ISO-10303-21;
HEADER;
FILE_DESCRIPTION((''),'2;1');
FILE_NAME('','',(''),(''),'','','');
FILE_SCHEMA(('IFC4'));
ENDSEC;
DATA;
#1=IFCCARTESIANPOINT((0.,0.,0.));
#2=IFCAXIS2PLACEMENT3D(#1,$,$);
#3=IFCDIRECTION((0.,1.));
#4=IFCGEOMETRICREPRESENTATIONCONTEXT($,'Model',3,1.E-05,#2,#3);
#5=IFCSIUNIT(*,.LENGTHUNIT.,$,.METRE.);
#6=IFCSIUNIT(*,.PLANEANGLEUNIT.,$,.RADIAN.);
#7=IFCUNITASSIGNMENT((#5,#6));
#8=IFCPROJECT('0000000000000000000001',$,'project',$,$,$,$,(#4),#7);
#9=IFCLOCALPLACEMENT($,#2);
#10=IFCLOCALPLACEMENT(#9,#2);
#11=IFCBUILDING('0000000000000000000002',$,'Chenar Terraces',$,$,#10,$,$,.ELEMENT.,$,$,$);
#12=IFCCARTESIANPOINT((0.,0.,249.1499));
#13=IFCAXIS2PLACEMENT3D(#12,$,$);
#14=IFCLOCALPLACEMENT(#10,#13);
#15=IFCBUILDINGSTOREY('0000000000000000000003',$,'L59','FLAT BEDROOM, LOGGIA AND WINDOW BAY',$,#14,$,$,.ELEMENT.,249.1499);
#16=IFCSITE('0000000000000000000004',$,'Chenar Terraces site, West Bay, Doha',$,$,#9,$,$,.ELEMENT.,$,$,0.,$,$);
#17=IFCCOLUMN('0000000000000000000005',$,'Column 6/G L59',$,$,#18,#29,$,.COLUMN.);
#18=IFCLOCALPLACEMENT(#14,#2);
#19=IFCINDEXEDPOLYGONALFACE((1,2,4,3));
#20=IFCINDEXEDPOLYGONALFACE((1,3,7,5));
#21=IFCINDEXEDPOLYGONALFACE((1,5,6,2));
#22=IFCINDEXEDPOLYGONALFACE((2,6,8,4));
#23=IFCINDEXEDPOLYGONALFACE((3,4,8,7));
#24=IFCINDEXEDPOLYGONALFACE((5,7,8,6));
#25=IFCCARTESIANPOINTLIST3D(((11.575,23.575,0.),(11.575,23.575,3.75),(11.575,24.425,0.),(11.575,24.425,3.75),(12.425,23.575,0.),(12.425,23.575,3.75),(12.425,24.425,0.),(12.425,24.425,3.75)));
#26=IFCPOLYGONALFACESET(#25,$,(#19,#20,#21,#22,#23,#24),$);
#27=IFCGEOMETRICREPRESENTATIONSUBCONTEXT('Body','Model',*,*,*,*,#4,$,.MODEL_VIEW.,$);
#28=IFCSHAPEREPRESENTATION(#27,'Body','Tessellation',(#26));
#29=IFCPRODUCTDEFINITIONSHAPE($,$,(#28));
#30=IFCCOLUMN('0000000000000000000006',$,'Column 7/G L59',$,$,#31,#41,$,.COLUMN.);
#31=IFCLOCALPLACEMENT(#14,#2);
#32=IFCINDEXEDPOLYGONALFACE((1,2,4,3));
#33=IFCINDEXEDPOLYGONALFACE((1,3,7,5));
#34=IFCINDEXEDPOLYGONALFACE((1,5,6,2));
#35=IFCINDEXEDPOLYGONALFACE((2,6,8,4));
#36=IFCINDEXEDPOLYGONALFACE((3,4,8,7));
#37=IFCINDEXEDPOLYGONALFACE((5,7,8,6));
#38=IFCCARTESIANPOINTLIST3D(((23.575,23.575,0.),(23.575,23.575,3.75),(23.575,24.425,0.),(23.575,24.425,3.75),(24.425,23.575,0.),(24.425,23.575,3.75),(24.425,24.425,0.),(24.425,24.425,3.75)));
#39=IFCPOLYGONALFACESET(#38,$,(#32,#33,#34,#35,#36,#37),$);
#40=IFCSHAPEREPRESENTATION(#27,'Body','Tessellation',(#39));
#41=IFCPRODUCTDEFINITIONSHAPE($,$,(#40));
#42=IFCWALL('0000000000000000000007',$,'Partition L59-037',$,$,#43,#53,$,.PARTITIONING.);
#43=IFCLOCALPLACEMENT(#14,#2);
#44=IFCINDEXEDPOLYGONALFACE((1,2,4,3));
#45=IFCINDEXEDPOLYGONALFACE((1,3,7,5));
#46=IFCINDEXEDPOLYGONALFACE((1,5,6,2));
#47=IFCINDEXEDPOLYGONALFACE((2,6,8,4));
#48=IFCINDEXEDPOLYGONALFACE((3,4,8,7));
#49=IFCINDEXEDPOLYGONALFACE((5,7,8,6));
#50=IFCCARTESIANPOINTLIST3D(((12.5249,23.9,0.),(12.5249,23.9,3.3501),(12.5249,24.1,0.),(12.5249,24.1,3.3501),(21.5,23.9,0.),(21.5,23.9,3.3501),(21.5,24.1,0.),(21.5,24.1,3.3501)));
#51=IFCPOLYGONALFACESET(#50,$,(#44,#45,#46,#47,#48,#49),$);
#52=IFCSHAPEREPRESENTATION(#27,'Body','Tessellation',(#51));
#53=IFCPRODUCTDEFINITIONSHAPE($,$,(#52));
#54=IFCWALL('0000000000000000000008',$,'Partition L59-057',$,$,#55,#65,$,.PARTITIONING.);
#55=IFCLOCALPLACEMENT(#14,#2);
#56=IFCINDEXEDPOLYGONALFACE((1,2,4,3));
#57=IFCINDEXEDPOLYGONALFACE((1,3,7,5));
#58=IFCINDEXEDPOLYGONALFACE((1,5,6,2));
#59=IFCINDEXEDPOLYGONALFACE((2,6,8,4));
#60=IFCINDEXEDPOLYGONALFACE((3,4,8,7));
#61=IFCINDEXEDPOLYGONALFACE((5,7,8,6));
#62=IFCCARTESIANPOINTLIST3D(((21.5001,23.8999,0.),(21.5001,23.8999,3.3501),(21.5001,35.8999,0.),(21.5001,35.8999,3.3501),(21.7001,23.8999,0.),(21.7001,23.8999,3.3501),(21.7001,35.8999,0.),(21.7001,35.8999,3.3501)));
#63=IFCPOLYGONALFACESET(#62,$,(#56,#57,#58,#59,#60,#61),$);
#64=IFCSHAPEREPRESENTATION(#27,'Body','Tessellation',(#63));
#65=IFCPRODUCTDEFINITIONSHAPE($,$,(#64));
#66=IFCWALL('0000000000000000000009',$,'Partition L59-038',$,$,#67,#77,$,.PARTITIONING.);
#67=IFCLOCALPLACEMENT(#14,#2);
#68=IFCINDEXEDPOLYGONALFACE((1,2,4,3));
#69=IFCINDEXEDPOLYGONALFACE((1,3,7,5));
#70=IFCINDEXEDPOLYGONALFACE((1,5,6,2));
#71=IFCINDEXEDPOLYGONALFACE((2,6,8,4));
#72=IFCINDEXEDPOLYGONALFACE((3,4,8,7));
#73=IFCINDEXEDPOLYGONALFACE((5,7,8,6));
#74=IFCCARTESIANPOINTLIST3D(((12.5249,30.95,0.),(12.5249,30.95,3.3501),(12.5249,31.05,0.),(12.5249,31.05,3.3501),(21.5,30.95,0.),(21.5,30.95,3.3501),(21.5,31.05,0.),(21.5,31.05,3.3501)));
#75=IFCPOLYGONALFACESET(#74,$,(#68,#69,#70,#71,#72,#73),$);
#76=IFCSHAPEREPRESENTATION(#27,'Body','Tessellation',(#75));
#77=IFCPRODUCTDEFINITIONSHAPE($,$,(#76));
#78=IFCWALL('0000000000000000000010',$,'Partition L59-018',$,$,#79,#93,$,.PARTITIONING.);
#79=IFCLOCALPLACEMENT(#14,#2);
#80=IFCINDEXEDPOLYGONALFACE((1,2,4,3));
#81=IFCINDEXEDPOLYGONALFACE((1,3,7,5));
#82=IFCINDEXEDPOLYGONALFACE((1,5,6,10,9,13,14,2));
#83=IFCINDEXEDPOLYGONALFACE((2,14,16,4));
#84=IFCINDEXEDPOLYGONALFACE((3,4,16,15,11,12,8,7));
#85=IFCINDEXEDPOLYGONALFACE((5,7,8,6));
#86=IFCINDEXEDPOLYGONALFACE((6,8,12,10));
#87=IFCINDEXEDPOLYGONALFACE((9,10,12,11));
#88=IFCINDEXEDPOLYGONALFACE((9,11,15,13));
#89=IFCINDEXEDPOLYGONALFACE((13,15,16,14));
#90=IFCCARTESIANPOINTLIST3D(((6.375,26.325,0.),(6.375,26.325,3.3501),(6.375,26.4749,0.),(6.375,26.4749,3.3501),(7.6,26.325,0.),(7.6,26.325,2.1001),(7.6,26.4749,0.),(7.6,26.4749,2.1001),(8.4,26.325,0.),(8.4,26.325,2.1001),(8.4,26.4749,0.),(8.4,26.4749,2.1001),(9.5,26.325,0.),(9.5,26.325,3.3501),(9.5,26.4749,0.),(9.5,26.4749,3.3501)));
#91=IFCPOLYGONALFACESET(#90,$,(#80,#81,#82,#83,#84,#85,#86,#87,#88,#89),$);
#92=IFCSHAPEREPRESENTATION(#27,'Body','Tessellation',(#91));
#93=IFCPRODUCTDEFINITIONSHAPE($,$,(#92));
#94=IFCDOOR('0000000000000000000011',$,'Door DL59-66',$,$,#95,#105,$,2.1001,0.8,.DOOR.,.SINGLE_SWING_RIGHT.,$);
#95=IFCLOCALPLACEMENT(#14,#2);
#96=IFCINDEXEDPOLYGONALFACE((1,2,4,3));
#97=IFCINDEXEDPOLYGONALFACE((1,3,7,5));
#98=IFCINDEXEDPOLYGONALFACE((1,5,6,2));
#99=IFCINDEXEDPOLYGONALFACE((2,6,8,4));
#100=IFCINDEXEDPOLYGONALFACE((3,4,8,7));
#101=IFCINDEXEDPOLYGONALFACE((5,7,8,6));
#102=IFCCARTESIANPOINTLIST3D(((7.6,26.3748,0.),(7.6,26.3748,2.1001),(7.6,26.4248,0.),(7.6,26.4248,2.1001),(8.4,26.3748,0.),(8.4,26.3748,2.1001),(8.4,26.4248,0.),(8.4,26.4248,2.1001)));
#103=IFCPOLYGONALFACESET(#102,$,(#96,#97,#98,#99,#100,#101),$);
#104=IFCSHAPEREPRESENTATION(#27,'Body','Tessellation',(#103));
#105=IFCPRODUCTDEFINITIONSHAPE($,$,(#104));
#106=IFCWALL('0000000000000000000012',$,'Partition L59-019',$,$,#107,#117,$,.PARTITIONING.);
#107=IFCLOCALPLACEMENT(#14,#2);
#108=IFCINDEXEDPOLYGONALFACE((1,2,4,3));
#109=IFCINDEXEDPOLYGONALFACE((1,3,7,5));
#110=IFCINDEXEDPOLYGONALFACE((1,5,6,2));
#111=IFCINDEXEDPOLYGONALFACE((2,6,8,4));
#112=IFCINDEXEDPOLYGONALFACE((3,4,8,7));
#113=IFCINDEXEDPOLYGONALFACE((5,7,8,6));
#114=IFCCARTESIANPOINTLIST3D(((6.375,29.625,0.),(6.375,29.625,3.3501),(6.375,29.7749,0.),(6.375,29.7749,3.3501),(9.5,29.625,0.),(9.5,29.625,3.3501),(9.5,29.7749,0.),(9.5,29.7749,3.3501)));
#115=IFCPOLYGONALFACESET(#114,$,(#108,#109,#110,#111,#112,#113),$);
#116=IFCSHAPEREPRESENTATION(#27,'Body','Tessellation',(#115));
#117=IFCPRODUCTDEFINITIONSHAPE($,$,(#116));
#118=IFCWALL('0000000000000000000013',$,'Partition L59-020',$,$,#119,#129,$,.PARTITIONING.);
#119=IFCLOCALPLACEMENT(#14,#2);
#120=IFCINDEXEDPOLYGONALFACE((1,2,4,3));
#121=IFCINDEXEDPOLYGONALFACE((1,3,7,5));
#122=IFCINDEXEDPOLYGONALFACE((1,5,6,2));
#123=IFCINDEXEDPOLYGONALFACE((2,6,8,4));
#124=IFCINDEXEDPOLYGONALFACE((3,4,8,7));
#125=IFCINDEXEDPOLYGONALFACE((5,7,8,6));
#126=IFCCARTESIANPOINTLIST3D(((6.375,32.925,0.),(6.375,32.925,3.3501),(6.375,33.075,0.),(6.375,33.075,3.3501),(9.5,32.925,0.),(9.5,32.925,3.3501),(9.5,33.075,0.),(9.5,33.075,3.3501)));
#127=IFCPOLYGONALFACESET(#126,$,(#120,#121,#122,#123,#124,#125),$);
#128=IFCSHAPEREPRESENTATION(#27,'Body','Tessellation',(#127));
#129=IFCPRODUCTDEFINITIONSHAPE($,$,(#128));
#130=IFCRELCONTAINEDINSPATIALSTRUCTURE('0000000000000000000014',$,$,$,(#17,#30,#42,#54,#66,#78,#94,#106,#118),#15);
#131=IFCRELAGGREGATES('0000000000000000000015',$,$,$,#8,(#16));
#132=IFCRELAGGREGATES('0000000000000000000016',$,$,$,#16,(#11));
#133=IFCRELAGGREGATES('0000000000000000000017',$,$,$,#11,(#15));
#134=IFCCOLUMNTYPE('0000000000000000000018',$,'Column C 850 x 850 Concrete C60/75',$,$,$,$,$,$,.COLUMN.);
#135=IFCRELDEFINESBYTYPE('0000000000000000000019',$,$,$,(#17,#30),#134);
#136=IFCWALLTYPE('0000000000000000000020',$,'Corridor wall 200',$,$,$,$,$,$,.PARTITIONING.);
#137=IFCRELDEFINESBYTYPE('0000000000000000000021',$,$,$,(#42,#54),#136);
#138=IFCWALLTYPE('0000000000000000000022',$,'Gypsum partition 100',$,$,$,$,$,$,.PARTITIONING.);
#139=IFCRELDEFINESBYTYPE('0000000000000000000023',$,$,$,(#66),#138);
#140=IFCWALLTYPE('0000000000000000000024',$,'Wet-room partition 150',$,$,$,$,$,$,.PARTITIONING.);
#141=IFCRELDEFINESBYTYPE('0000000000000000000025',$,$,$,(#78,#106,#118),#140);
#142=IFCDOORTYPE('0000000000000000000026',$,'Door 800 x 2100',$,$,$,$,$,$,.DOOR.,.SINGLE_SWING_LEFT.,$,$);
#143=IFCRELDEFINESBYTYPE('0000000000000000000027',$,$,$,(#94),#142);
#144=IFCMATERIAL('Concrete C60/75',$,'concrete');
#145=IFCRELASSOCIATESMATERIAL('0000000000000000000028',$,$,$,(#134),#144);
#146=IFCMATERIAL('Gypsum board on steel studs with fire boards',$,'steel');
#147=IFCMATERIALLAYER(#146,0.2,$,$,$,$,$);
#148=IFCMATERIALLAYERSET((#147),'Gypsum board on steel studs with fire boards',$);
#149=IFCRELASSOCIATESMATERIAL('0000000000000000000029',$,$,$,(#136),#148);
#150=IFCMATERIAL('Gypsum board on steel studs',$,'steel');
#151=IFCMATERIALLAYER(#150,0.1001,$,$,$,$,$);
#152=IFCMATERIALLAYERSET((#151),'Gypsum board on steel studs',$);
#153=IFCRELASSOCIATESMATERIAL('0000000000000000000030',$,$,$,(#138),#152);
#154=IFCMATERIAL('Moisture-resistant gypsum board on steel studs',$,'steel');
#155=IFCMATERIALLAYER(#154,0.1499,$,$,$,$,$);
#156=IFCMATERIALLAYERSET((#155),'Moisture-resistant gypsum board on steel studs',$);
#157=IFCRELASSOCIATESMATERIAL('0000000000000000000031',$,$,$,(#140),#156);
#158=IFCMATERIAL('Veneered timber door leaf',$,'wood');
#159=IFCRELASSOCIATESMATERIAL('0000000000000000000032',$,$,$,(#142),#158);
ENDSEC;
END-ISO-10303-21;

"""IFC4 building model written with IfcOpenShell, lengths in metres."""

from ifc_helpers import new_model, si_unit, direction, frame, frame_2d, origin, origin_2d, place, context, subcontext, project, spatial, rectangle, extrude, material, layer, layer_set, material_profile, profile_set, type_object, element, fill, save


model = new_model("IFC4")

# Units and contexts
model_context = context("Model", 3, precision=1e-05, world=origin(), true_north=direction((0.0, 1.0)))
body_context = subcontext(model_context, "Body", "Model", "MODEL_VIEW")
ifc_project = project(units=[si_unit("LENGTHUNIT", "METRE"), si_unit("PLANEANGLEUNIT", "RADIAN")], contexts=[model_context])

# Site, building, storey
site_placement = place(None, origin())
site = spatial("IfcSite", under=ifc_project, at=site_placement, Name="Chenar Terraces site, West Bay, Doha", CompositionType="ELEMENT", RefElevation=0.0)
building_placement = place(site_placement, origin())
building = spatial("IfcBuilding", under=site, at=building_placement, Name="Chenar Terraces", CompositionType="ELEMENT")
storey_placement = place(building_placement, frame((0.0, 0.0, 249.1499)))
storey = spatial("IfcBuildingStorey", under=building, at=storey_placement, Name="L59", Description="FLAT BEDROOM, LOGGIA AND WINDOW BAY", CompositionType="ELEMENT", Elevation=249.1499)

# Columns
ifc_material_1 = material(Name="Concrete C60/75", Category="concrete")
ifc_material_profile = material_profile(ifc_material_1, rectangle(XDim=0.8501, YDim=0.8501, at=origin_2d()), Name="C 850 x 850")
ifc_profile_set = profile_set([ifc_material_profile], Name="Concrete C60/75")
column_type = type_object("IfcColumnType", Name="Column C 850 x 850 Concrete C60/75", PredefinedType="COLUMN", material=ifc_profile_set)
for number, where, z_axis, x_axis, name in (
    (1, (12.0, 24.0, 0.0), (0.0, 0.0, 1.0), (1.0, 0.0, 0.0), "Column 6/G L59"),
    (2, (24.0, 24.0, 0.0), (0.0, 0.0, 1.0), (1.0, 0.0, 0.0), "Column 7/G L59"),
):
    element("IfcColumn", number, at=place(storey_placement, frame(where, z_axis=z_axis, x_axis=x_axis)), inside=storey, type_object=column_type, Name=name, PredefinedType="COLUMN", context=body_context, shape_type="SweptSolid", body=[
        extrude(rectangle(XDim=0.8501, YDim=0.8501, at=origin_2d()), origin(), (0.0, 0.0, 1.0), 3.75),
    ])

# Walls
ifc_material_2 = material(Name="Gypsum board on steel studs with fire boards", Category="steel")
ifc_layer_1 = layer(ifc_material_2, 0.2)
ifc_layer_set_1 = layer_set([ifc_layer_1], Name="Gypsum board on steel studs with fire boards")
wall_type_1 = type_object("IfcWallType", Name="Corridor wall 200", PredefinedType="PARTITIONING", material=ifc_layer_set_1)
wall_1_placement = place(storey_placement, frame((12.5249, 24.0, 0.0), z_axis=(0.0, 0.0, 1.0), x_axis=(1.0, 0.0, 0.0)))
element("IfcWall", 3, at=wall_1_placement, inside=storey, type_object=wall_type_1, Name="Partition L59-037", PredefinedType="PARTITIONING", context=body_context, shape_type="SweptSolid", body=[
    extrude(rectangle(XDim=8.9751, YDim=0.2, at=frame_2d((4.4875, 0.0))), origin(), (0.0, 0.0, 1.0), 3.3501),
])
wall_2_placement = place(storey_placement, frame((21.6001, 23.8999, 0.0), z_axis=(0.0, 0.0, 1.0), x_axis=(0.0, 1.0, 0.0)))
element("IfcWall", 4, at=wall_2_placement, inside=storey, type_object=wall_type_1, Name="Partition L59-057", PredefinedType="PARTITIONING", context=body_context, shape_type="SweptSolid", body=[
    extrude(rectangle(XDim=12.0, YDim=0.2, at=frame_2d((6.0, 0.0))), origin(), (0.0, 0.0, 1.0), 3.3501),
])
ifc_material_3 = material(Name="Gypsum board on steel studs", Category="steel")
ifc_layer_2 = layer(ifc_material_3, 0.1001)
ifc_layer_set_2 = layer_set([ifc_layer_2], Name="Gypsum board on steel studs")
wall_type_2 = type_object("IfcWallType", Name="Gypsum partition 100", PredefinedType="PARTITIONING", material=ifc_layer_set_2)
wall_3_placement = place(storey_placement, frame((12.5249, 31.0, 0.0), z_axis=(0.0, 0.0, 1.0), x_axis=(1.0, 0.0, 0.0)))
element("IfcWall", 5, at=wall_3_placement, inside=storey, type_object=wall_type_2, Name="Partition L59-038", PredefinedType="PARTITIONING", context=body_context, shape_type="SweptSolid", body=[
    extrude(rectangle(XDim=8.9751, YDim=0.1001, at=frame_2d((4.4875, 0.0))), origin(), (0.0, 0.0, 1.0), 3.3501),
])

# Wall, opening, door
ifc_material_4 = material(Name="Moisture-resistant gypsum board on steel studs", Category="steel")
ifc_layer_3 = layer(ifc_material_4, 0.1499)
ifc_layer_set_3 = layer_set([ifc_layer_3], Name="Moisture-resistant gypsum board on steel studs")
wall_type_3 = type_object("IfcWallType", Name="Wet-room partition 150", PredefinedType="PARTITIONING", material=ifc_layer_set_3)
wall_4_placement = place(storey_placement, frame((6.375, 26.3999, 0.0), z_axis=(0.0, 0.0, 1.0), x_axis=(1.0, 0.0, 0.0)))
wall_4 = element("IfcWall", 6, at=wall_4_placement, inside=storey, type_object=wall_type_3, Name="Partition L59-018", PredefinedType="PARTITIONING", context=body_context, shape_type="SweptSolid", body=[
    extrude(rectangle(XDim=3.125, YDim=0.1499, at=frame_2d((1.5625, 0.0))), origin(), (0.0, 0.0, 1.0), 3.3501),
])
opening_placement = place(wall_4_placement, frame((1.2251, 0.0, 0.0)))
opening = element("IfcOpeningElement", 7, at=opening_placement, cuts=wall_4, PredefinedType="OPENING", context=body_context, shape_type="SweptSolid", body=[
    extrude(rectangle(XDim=0.8, YDim=2.1001, at=frame_2d((0.3999, 1.05))), frame((0.0, 0.085, 0.0), z_axis=(0.0, -1.0, 0.0), x_axis=(1.0, 0.0, 0.0)), (0.0, 0.0, 1.0), 0.1699),
])
ifc_material_5 = material(Name="Veneered timber door leaf", Category="wood")
door_type = type_object("IfcDoorType", Name="Door 800 x 2100", OperationType="SINGLE_SWING_LEFT", PredefinedType="DOOR", material=ifc_material_5)
door_placement = place(opening_placement, origin())
door = element("IfcDoor", 8, at=door_placement, inside=storey, type_object=door_type, Name="Door DL59-66", OperationType="SINGLE_SWING_RIGHT", OverallHeight=2.1001, OverallWidth=0.8, PredefinedType="DOOR", context=body_context, shape_type="SweptSolid", body=[
    extrude(rectangle(XDim=0.8, YDim=2.1001, at=frame_2d((0.3999, 1.05))), frame((0.0, 0.0249, 0.0), z_axis=(0.0, -1.0, 0.0), x_axis=(1.0, 0.0, 0.0)), (0.0, 0.0, 1.0), 0.05),
])
fill(opening, door)

# Walls
for number, where, z_axis, x_axis, name in (
    (9, (6.375, 29.7, 0.0), (0.0, 0.0, 1.0), (1.0, 0.0, 0.0), "Partition L59-019"),
    (10, (6.375, 33.0, 0.0), (0.0, 0.0, 1.0), (1.0, 0.0, 0.0), "Partition L59-020"),
):
    element("IfcWall", number, at=place(storey_placement, frame(where, z_axis=z_axis, x_axis=x_axis)), inside=storey, type_object=wall_type_3, Name=name, PredefinedType="PARTITIONING", context=body_context, shape_type="SweptSolid", body=[
        extrude(rectangle(XDim=3.125, YDim=0.1499, at=frame_2d((1.5625, 0.0))), origin(), (0.0, 0.0, 1.0), 3.3501),
    ])

save(model, "model.ifc")
